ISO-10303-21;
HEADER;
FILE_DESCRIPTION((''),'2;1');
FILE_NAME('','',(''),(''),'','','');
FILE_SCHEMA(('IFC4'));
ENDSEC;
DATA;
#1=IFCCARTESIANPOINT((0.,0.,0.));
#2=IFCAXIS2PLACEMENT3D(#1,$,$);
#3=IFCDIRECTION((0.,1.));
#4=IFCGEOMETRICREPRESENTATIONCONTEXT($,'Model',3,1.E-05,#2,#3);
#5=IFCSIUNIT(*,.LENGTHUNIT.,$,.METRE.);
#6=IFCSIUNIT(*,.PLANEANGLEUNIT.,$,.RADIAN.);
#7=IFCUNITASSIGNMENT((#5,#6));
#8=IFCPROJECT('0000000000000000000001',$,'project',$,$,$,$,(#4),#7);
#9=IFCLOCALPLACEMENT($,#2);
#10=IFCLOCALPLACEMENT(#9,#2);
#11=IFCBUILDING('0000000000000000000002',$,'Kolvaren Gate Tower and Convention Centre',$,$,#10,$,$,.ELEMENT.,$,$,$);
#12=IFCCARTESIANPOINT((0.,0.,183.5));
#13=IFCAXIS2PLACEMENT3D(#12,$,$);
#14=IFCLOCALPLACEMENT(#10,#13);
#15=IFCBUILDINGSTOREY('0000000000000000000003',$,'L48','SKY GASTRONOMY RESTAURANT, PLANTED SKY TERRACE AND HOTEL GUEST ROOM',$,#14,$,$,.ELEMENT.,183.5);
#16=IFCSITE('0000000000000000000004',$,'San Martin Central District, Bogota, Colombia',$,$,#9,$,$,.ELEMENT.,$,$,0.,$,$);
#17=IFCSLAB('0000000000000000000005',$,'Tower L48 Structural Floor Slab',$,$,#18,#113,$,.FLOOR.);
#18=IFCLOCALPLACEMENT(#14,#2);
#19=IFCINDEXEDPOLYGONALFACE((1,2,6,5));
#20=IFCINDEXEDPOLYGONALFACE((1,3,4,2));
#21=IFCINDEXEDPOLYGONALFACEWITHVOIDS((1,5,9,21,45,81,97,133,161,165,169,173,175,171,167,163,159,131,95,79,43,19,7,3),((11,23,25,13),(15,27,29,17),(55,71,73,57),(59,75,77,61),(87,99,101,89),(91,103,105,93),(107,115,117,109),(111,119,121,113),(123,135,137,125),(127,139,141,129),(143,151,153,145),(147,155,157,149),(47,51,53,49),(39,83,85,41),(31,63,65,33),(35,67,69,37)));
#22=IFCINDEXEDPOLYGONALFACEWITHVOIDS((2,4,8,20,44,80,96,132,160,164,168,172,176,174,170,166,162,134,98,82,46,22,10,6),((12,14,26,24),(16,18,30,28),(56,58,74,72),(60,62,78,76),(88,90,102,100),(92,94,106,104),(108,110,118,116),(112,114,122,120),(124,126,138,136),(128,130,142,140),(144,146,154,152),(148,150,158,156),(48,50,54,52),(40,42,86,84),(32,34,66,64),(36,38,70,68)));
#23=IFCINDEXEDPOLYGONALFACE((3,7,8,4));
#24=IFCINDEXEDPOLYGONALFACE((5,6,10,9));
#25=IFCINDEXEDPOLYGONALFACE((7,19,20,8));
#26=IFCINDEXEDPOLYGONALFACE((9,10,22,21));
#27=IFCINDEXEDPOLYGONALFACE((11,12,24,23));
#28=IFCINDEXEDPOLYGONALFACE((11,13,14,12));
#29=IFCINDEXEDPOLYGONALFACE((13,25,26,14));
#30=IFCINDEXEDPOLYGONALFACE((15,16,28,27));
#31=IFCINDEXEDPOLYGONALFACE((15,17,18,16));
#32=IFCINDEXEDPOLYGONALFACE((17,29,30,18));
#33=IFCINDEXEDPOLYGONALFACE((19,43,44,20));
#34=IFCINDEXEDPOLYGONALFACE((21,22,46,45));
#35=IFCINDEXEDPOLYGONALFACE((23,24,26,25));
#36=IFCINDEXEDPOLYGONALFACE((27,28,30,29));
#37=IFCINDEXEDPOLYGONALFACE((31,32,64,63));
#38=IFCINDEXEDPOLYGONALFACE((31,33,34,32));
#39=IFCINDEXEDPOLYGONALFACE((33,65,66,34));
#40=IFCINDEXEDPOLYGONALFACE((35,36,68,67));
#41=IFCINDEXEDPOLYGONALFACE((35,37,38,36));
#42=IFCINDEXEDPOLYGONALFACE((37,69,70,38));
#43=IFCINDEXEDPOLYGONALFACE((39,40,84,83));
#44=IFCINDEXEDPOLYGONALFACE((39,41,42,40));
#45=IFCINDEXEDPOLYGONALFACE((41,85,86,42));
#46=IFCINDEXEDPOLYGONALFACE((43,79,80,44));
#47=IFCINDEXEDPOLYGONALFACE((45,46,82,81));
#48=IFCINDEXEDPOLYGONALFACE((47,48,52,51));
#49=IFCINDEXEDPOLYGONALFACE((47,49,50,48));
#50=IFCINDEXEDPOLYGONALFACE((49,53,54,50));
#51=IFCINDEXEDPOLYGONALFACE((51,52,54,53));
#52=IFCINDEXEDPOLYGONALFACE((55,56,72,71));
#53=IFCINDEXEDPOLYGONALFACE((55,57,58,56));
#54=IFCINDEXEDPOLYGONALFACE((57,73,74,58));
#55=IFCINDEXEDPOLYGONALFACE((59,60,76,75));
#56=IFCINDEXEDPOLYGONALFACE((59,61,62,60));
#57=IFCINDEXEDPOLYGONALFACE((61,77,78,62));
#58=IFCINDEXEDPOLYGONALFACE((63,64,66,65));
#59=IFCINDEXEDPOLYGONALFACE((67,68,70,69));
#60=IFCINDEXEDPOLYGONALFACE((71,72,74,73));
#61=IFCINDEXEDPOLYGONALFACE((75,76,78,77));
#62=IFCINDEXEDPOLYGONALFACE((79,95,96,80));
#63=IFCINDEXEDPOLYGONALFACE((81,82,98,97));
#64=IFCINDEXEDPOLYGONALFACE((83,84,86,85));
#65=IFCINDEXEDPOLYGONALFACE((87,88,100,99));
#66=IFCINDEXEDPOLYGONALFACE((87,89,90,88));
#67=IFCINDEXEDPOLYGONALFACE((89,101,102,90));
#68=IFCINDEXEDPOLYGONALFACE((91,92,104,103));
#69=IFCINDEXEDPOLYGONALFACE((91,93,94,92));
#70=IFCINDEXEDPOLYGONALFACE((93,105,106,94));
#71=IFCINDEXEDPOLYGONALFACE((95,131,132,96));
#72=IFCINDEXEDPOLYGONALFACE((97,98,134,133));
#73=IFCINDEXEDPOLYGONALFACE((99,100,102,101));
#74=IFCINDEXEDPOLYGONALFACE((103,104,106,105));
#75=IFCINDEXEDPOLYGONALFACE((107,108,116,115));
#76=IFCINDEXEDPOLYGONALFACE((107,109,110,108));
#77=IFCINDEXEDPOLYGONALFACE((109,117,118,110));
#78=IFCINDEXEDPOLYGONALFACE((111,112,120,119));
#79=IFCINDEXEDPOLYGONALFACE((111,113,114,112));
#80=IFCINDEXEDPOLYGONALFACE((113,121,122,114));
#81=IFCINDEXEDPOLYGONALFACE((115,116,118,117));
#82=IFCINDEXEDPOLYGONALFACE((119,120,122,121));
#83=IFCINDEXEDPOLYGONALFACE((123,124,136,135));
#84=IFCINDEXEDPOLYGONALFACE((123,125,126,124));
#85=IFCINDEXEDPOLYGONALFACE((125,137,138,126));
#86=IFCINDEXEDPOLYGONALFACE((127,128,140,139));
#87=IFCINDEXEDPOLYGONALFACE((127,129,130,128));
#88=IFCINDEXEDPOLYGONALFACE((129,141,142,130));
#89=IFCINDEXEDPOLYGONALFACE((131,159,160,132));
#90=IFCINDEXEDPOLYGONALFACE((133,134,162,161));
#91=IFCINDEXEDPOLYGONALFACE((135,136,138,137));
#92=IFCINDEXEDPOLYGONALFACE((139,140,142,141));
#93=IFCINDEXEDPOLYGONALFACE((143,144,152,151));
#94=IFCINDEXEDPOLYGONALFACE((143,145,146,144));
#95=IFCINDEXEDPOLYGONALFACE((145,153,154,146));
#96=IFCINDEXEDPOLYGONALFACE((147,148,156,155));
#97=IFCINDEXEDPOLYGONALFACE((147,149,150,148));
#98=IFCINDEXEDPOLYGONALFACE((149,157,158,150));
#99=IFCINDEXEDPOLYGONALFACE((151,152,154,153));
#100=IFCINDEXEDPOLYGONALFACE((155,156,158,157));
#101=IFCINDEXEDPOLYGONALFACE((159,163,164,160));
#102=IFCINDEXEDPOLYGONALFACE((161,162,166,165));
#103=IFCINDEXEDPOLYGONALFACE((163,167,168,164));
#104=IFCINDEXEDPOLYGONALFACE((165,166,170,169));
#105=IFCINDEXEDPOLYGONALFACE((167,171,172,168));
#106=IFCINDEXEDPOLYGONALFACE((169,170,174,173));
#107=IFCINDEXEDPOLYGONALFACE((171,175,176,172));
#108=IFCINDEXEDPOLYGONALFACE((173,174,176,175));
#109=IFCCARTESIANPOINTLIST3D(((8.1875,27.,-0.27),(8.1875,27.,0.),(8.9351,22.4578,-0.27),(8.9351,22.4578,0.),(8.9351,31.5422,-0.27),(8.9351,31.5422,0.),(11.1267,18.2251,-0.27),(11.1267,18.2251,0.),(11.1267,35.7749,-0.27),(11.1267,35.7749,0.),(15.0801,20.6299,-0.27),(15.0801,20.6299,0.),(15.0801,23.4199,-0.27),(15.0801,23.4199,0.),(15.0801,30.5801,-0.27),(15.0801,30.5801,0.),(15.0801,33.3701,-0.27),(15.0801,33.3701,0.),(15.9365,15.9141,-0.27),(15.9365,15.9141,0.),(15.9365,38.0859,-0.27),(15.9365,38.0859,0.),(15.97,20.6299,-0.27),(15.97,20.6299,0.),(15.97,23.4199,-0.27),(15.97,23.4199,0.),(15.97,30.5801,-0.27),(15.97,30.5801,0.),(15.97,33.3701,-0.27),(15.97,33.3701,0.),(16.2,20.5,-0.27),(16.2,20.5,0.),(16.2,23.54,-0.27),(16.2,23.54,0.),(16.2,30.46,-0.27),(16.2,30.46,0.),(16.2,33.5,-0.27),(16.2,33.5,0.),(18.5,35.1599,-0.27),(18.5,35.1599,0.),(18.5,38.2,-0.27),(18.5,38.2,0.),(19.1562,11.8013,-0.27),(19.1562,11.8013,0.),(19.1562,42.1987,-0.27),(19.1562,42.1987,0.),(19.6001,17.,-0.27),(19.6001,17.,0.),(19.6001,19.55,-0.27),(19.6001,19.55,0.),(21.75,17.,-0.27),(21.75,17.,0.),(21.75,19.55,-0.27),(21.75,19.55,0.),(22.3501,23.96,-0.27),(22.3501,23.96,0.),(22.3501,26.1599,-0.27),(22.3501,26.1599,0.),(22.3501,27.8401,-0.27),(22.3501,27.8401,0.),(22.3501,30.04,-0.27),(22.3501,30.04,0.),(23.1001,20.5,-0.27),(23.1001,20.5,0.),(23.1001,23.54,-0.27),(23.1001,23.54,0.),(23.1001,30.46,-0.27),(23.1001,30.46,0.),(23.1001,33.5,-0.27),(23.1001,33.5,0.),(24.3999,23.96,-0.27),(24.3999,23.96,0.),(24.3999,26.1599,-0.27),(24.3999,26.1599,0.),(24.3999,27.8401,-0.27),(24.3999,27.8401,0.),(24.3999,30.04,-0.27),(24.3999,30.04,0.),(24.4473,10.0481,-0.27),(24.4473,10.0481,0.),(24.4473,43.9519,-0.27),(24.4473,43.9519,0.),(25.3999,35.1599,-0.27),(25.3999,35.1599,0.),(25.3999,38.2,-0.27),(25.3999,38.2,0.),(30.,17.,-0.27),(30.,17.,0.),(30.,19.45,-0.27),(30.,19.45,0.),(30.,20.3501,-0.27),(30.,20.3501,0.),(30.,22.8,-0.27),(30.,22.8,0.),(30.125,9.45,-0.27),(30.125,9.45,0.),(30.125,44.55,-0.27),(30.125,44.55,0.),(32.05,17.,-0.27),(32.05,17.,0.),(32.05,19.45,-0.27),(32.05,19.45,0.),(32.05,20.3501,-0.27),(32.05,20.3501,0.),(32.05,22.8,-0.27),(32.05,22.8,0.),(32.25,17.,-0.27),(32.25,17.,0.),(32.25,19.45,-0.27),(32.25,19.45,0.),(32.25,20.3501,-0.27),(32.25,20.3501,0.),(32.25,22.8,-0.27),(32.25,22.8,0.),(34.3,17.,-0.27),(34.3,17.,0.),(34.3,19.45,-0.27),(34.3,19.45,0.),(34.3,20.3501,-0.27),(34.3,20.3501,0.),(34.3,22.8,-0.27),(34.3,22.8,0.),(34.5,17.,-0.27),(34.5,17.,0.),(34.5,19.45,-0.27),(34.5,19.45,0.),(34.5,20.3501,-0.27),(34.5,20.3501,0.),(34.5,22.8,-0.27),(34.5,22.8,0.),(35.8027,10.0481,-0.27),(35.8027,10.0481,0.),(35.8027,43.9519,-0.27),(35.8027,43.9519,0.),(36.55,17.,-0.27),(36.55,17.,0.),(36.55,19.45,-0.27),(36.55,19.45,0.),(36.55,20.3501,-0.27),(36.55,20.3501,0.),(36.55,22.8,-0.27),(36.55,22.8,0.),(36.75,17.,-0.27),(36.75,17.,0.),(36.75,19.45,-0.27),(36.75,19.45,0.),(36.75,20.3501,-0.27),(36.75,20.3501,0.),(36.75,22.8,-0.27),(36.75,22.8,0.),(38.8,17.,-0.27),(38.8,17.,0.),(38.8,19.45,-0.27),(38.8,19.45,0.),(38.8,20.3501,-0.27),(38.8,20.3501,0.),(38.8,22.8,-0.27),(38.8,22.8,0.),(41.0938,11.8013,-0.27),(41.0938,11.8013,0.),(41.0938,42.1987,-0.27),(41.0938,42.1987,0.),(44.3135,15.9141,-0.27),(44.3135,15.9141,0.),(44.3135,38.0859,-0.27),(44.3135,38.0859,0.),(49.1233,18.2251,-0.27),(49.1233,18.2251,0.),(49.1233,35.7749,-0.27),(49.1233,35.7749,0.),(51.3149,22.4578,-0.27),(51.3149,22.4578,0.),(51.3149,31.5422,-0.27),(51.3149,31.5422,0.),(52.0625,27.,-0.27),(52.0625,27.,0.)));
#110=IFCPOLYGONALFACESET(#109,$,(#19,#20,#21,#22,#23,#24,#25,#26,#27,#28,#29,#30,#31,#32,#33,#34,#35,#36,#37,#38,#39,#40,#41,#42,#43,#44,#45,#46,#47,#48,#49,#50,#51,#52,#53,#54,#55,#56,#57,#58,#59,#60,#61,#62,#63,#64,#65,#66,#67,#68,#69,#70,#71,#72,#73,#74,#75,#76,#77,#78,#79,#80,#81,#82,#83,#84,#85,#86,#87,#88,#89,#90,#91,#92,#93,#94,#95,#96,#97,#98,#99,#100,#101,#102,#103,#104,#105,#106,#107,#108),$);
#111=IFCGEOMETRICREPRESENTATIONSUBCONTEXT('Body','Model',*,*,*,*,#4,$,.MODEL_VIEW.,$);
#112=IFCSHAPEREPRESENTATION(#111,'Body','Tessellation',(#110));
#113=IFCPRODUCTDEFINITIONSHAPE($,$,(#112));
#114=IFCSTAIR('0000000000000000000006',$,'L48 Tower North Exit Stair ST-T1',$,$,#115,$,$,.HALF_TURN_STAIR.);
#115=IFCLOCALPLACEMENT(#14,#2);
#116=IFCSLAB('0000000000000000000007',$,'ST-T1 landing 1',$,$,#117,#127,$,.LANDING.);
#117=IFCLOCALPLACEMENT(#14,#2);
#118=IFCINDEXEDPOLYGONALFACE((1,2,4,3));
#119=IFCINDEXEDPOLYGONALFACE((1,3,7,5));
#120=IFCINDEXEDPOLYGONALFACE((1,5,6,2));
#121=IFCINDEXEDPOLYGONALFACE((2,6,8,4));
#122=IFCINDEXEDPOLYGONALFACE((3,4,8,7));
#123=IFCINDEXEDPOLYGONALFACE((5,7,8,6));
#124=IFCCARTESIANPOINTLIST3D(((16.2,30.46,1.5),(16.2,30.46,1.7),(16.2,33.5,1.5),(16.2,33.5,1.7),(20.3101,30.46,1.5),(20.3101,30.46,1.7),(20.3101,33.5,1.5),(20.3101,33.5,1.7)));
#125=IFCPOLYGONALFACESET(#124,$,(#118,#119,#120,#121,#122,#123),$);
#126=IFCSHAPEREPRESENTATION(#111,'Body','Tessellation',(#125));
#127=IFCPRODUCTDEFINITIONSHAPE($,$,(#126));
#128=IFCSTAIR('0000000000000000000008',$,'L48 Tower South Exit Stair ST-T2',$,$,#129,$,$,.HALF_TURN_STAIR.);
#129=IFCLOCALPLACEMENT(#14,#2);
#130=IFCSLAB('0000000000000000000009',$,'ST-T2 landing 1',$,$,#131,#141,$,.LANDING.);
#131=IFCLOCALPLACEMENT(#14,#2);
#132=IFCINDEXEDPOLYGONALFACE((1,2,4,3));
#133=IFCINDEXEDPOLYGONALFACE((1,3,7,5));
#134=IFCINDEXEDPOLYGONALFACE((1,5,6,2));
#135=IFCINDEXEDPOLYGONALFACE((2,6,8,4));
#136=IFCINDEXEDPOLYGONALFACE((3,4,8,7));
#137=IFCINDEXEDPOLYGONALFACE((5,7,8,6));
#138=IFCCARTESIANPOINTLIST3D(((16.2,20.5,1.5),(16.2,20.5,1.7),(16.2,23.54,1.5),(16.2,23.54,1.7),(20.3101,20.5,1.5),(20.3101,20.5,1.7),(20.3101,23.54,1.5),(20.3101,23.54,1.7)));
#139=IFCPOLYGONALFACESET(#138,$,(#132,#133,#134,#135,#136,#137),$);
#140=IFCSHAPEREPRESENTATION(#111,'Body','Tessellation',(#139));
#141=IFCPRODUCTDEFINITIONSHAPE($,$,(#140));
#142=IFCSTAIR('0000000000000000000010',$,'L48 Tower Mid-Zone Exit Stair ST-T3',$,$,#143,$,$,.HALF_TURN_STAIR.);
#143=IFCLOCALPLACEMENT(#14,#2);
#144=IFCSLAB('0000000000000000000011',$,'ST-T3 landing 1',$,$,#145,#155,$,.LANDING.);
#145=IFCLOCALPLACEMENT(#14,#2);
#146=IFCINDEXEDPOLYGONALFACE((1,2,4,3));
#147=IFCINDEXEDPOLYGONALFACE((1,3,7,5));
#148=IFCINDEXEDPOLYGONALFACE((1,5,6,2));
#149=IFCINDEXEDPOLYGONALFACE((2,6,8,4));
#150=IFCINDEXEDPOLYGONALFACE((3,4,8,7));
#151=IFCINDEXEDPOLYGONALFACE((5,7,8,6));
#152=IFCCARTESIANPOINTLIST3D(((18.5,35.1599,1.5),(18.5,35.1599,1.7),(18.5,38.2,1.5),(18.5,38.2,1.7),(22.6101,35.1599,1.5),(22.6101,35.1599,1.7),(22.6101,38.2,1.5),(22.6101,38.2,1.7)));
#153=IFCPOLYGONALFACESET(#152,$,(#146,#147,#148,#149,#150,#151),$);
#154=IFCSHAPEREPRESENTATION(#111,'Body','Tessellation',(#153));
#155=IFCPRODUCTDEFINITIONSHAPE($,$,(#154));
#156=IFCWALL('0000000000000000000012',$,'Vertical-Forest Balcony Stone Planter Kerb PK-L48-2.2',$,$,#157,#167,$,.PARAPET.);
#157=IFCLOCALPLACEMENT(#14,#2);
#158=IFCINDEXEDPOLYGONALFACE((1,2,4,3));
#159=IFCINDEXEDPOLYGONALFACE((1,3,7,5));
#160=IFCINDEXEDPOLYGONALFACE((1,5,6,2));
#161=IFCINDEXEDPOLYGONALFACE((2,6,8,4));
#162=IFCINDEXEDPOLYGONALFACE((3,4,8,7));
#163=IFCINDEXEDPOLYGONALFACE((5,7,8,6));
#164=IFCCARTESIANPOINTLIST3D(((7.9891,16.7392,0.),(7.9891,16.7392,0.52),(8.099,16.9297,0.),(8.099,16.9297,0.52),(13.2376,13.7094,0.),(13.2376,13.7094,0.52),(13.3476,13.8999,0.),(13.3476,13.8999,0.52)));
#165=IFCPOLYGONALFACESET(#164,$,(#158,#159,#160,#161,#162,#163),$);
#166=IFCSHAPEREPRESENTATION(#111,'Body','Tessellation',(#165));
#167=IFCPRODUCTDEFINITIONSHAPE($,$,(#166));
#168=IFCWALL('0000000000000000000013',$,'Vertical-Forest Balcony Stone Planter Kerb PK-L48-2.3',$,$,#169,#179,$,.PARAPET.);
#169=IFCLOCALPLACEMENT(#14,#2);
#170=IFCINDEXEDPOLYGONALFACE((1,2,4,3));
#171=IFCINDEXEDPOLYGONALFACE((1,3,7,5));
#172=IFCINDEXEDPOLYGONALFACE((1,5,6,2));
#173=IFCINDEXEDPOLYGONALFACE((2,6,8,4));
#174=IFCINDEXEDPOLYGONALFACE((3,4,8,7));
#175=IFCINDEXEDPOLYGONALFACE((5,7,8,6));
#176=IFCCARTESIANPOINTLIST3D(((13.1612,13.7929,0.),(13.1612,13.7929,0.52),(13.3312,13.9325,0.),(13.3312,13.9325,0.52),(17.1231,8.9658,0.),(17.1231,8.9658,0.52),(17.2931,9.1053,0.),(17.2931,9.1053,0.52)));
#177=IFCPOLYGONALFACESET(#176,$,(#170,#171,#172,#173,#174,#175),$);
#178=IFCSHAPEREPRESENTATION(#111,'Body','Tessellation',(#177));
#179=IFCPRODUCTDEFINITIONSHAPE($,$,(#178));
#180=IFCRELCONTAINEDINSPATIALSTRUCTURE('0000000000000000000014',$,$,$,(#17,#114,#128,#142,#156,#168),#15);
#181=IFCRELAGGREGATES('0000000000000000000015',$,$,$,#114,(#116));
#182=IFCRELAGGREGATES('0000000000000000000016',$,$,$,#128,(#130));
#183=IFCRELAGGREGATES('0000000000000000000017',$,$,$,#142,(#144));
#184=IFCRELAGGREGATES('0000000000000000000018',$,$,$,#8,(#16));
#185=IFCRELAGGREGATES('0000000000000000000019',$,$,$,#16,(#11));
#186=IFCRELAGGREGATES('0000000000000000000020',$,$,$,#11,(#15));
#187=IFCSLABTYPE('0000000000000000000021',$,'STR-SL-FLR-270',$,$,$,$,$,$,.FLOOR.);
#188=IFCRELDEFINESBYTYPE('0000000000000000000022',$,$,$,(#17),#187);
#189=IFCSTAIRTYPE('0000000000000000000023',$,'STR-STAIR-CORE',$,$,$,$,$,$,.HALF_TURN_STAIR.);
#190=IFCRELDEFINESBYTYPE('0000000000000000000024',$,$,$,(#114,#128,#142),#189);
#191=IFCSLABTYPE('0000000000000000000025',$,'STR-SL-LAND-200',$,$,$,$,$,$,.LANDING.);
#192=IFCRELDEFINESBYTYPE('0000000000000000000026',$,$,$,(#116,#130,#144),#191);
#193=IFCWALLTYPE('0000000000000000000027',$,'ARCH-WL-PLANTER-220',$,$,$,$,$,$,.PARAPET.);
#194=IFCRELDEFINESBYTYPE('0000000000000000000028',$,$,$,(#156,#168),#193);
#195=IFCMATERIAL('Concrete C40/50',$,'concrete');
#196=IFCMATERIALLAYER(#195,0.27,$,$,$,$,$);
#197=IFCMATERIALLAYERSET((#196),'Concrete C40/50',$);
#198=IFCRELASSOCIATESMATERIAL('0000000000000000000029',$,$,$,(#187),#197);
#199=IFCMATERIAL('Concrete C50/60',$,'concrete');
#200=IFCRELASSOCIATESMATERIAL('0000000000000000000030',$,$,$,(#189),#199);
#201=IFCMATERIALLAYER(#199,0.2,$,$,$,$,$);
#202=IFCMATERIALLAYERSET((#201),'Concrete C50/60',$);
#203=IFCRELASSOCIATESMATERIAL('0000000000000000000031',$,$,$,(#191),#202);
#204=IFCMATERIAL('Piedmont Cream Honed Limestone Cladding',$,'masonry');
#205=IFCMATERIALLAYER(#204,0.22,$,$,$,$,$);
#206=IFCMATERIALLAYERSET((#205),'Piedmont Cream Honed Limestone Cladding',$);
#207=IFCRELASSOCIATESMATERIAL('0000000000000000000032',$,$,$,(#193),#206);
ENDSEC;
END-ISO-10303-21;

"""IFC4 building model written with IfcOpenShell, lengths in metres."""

from ifc_helpers import new_model, si_unit, direction, frame, frame_2d, origin, place, context, subcontext, project, spatial, polyline, rectangle, outline, extrude, material, layer, layer_set, type_object, element, aggregate, save


model = new_model("IFC4")

# Units and contexts
model_context = context("Model", 3, precision=1e-05, world=origin(), true_north=direction((0.0, 1.0)))
body_context = subcontext(model_context, "Body", "Model", "MODEL_VIEW")
ifc_project = project(units=[si_unit("LENGTHUNIT", "METRE"), si_unit("PLANEANGLEUNIT", "RADIAN")], contexts=[model_context])

# Site, building, storey
site_placement = place(None, origin())
site = spatial("IfcSite", under=ifc_project, at=site_placement, Name="San Martin Central District, Bogota, Colombia", CompositionType="ELEMENT", RefElevation=0.0)
building_placement = place(site_placement, origin())
building = spatial("IfcBuilding", under=site, at=building_placement, Name="Kolvaren Gate Tower and Convention Centre", CompositionType="ELEMENT")
storey_placement = place(building_placement, frame((0.0, 0.0, 183.5)))
storey = spatial("IfcBuildingStorey", under=building, at=storey_placement, Name="L48", Description="SKY GASTRONOMY RESTAURANT, PLANTED SKY TERRACE AND HOTEL GUEST ROOM", CompositionType="ELEMENT", Elevation=183.5)

# Slab
ifc_material_1 = material(Name="Concrete C50/60", Category="concrete")
ifc_material_2 = material(Name="Concrete C40/50", Category="concrete")
ifc_layer_1 = layer(ifc_material_2, 0.27)
ifc_layer_set_1 = layer_set([ifc_layer_1], Name="Concrete C40/50")
slab_type_1 = type_object("IfcSlabType", Name="STR-SL-FLR-270", PredefinedType="FLOOR", material=ifc_layer_set_1)
slab_1_placement = place(storey_placement, frame((0.0, 0.0, -0.27)))
element("IfcSlab", 1, at=slab_1_placement, inside=storey, type_object=slab_type_1, Name="Tower L48 Structural Floor Slab", PredefinedType="FLOOR", context=body_context, shape_type="SweptSolid", body=[
    extrude(outline(polyline([(52.0625, 27.0), (51.3149, 31.5422), (49.1233, 35.7749), (44.3135, 38.0859), (41.0938, 42.1987), (35.8027, 43.9519), (30.125, 44.55), (24.4473, 43.9519), (19.1562, 42.1987), (15.9365, 38.0859), (11.1267, 35.7749), (8.9351, 31.5422), (8.1875, 27.0), (8.9351, 22.4578), (11.1267, 18.2251), (15.9365, 15.9141), (19.1562, 11.8013), (24.4473, 10.0481), (30.125, 9.45), (35.8027, 10.0481), (41.0938, 11.8013), (44.3135, 15.9141), (49.1233, 18.2251), (51.3149, 22.4578), (52.0625, 27.0)]), holes=[polyline([(36.75, 17.0), (36.75, 19.45), (38.8, 19.45), (38.8, 17.0), (36.75, 17.0)]), polyline([(36.75, 20.3501), (36.75, 22.8), (38.8, 22.8), (38.8, 20.3501), (36.75, 20.3501)]), polyline([(34.5, 17.0), (34.5, 19.45), (36.55, 19.45), (36.55, 17.0), (34.5, 17.0)]), polyline([(34.5, 20.3501), (34.5, 22.8), (36.55, 22.8), (36.55, 20.3501), (34.5, 20.3501)]), polyline([(32.25, 17.0), (32.25, 19.45), (34.3, 19.45), (34.3, 17.0), (32.25, 17.0)]), polyline([(32.25, 20.3501), (32.25, 22.8), (34.3, 22.8), (34.3, 20.3501), (32.25, 20.3501)]), polyline([(30.0, 17.0), (30.0, 19.45), (32.05, 19.45), (32.05, 17.0), (30.0, 17.0)]), polyline([(30.0, 20.3501), (30.0, 22.8), (32.05, 22.8), (32.05, 20.3501), (30.0, 20.3501)]), polyline([(25.3999, 38.2), (25.3999, 35.1599), (18.5, 35.1599), (18.5, 38.2), (25.3999, 38.2)]), polyline([(22.3501, 23.96), (22.3501, 26.1599), (24.3999, 26.1599), (24.3999, 23.96), (22.3501, 23.96)]), polyline([(22.3501, 27.8401), (22.3501, 30.04), (24.3999, 30.04), (24.3999, 27.8401), (22.3501, 27.8401)]), polyline([(23.1001, 23.54), (23.1001, 20.5), (16.2, 20.5), (16.2, 23.54), (23.1001, 23.54)]), polyline([(23.1001, 33.5), (23.1001, 30.46), (16.2, 30.46), (16.2, 33.5), (23.1001, 33.5)]), polyline([(19.6001, 17.0), (19.6001, 19.55), (21.75, 19.55), (21.75, 17.0), (19.6001, 17.0)]), polyline([(15.0801, 20.6299), (15.0801, 23.4199), (15.97, 23.4199), (15.97, 20.6299), (15.0801, 20.6299)]), polyline([(15.0801, 30.5801), (15.0801, 33.3701), (15.97, 33.3701), (15.97, 30.5801), (15.0801, 30.5801)])]), origin(), (0.0, 0.0, 1.0), 0.27),
])

# Stairs, slabs
stair_type = type_object("IfcStairType", Name="STR-STAIR-CORE", PredefinedType="HALF_TURN_STAIR", material=ifc_material_1)
stair_1_placement = place(storey_placement, origin())
stair_1 = element("IfcStair", 2, at=stair_1_placement, inside=storey, type_object=stair_type, Name="L48 Tower North Exit Stair ST-T1", PredefinedType="HALF_TURN_STAIR")
ifc_layer_2 = layer(ifc_material_1, 0.2)
ifc_layer_set_2 = layer_set([ifc_layer_2], Name="Concrete C50/60")
slab_type_2 = type_object("IfcSlabType", Name="STR-SL-LAND-200", PredefinedType="LANDING", material=ifc_layer_set_2)
slab_2_placement = place(storey_placement, frame((0.0, 0.0, 1.5)))
slab_2 = element("IfcSlab", 3, at=slab_2_placement, type_object=slab_type_2, Name="ST-T1 landing 1", PredefinedType="LANDING", context=body_context, shape_type="SweptSolid", body=[
    extrude(outline(polyline([(20.3101, 33.5), (16.2, 33.5), (16.2, 30.46), (20.3101, 30.46), (20.3101, 33.5)])), origin(), (0.0, 0.0, 1.0), 0.2),
])
aggregate(stair_1, [slab_2])
stair_2_placement = place(storey_placement, origin())
stair_2 = element("IfcStair", 4, at=stair_2_placement, inside=storey, type_object=stair_type, Name="L48 Tower South Exit Stair ST-T2", PredefinedType="HALF_TURN_STAIR")
slab_3_placement = place(storey_placement, frame((0.0, 0.0, 1.5)))
slab_3 = element("IfcSlab", 5, at=slab_3_placement, type_object=slab_type_2, Name="ST-T2 landing 1", PredefinedType="LANDING", context=body_context, shape_type="SweptSolid", body=[
    extrude(outline(polyline([(20.3101, 23.54), (16.2, 23.54), (16.2, 20.5), (20.3101, 20.5), (20.3101, 23.54)])), origin(), (0.0, 0.0, 1.0), 0.2),
])
aggregate(stair_2, [slab_3])
stair_3_placement = place(storey_placement, origin())
stair_3 = element("IfcStair", 6, at=stair_3_placement, inside=storey, type_object=stair_type, Name="L48 Tower Mid-Zone Exit Stair ST-T3", PredefinedType="HALF_TURN_STAIR")
slab_4_placement = place(storey_placement, frame((0.0, 0.0, 1.5)))
slab_4 = element("IfcSlab", 7, at=slab_4_placement, type_object=slab_type_2, Name="ST-T3 landing 1", PredefinedType="LANDING", context=body_context, shape_type="SweptSolid", body=[
    extrude(outline(polyline([(22.6101, 38.2), (18.5, 38.2), (18.5, 35.1599), (22.6101, 35.1599), (22.6101, 38.2)])), origin(), (0.0, 0.0, 1.0), 0.2),
])
aggregate(stair_3, [slab_4])

# Walls
ifc_material_3 = material(Name="Piedmont Cream Honed Limestone Cladding", Category="masonry")
ifc_layer_3 = layer(ifc_material_3, 0.22)
ifc_layer_set_3 = layer_set([ifc_layer_3], Name="Piedmont Cream Honed Limestone Cladding")
wall_type_1 = type_object("IfcWallType", Name="ARCH-WL-PLANTER-220", PredefinedType="PARAPET", material=ifc_layer_set_3)
wall_1_placement = place(storey_placement, frame((8.0439, 16.8345, 0.0), z_axis=(0.0, 0.0, 1.0), x_axis=(0.866058, -0.499943, 0.0)))
element("IfcWall", 8, at=wall_1_placement, inside=storey, type_object=wall_type_1, Name="Vertical-Forest Balcony Stone Planter Kerb PK-L48-2.2", PredefinedType="PARAPET", context=body_context, shape_type="SweptSolid", body=[
    extrude(rectangle(XDim=6.0603, YDim=0.22, at=frame_2d((3.0303, 0.0))), origin(), (0.0, 0.0, 1.0), 0.52),
])
wall_2_placement = place(storey_placement, frame((13.2461, 13.8628, 0.0), z_axis=(0.0, 0.0, 1.0), x_axis=(0.634429, -0.772981, 0.0)))
element("IfcWall", 9, at=wall_2_placement, inside=storey, type_object=wall_type_1, Name="Vertical-Forest Balcony Stone Planter Kerb PK-L48-2.3", PredefinedType="PARAPET", context=body_context, shape_type="SweptSolid", body=[
    extrude(rectangle(XDim=6.2449, YDim=0.22, at=frame_2d((3.1226, 0.0))), origin(), (0.0, 0.0, 1.0), 0.52),
])

save(model, "model.ifc")
